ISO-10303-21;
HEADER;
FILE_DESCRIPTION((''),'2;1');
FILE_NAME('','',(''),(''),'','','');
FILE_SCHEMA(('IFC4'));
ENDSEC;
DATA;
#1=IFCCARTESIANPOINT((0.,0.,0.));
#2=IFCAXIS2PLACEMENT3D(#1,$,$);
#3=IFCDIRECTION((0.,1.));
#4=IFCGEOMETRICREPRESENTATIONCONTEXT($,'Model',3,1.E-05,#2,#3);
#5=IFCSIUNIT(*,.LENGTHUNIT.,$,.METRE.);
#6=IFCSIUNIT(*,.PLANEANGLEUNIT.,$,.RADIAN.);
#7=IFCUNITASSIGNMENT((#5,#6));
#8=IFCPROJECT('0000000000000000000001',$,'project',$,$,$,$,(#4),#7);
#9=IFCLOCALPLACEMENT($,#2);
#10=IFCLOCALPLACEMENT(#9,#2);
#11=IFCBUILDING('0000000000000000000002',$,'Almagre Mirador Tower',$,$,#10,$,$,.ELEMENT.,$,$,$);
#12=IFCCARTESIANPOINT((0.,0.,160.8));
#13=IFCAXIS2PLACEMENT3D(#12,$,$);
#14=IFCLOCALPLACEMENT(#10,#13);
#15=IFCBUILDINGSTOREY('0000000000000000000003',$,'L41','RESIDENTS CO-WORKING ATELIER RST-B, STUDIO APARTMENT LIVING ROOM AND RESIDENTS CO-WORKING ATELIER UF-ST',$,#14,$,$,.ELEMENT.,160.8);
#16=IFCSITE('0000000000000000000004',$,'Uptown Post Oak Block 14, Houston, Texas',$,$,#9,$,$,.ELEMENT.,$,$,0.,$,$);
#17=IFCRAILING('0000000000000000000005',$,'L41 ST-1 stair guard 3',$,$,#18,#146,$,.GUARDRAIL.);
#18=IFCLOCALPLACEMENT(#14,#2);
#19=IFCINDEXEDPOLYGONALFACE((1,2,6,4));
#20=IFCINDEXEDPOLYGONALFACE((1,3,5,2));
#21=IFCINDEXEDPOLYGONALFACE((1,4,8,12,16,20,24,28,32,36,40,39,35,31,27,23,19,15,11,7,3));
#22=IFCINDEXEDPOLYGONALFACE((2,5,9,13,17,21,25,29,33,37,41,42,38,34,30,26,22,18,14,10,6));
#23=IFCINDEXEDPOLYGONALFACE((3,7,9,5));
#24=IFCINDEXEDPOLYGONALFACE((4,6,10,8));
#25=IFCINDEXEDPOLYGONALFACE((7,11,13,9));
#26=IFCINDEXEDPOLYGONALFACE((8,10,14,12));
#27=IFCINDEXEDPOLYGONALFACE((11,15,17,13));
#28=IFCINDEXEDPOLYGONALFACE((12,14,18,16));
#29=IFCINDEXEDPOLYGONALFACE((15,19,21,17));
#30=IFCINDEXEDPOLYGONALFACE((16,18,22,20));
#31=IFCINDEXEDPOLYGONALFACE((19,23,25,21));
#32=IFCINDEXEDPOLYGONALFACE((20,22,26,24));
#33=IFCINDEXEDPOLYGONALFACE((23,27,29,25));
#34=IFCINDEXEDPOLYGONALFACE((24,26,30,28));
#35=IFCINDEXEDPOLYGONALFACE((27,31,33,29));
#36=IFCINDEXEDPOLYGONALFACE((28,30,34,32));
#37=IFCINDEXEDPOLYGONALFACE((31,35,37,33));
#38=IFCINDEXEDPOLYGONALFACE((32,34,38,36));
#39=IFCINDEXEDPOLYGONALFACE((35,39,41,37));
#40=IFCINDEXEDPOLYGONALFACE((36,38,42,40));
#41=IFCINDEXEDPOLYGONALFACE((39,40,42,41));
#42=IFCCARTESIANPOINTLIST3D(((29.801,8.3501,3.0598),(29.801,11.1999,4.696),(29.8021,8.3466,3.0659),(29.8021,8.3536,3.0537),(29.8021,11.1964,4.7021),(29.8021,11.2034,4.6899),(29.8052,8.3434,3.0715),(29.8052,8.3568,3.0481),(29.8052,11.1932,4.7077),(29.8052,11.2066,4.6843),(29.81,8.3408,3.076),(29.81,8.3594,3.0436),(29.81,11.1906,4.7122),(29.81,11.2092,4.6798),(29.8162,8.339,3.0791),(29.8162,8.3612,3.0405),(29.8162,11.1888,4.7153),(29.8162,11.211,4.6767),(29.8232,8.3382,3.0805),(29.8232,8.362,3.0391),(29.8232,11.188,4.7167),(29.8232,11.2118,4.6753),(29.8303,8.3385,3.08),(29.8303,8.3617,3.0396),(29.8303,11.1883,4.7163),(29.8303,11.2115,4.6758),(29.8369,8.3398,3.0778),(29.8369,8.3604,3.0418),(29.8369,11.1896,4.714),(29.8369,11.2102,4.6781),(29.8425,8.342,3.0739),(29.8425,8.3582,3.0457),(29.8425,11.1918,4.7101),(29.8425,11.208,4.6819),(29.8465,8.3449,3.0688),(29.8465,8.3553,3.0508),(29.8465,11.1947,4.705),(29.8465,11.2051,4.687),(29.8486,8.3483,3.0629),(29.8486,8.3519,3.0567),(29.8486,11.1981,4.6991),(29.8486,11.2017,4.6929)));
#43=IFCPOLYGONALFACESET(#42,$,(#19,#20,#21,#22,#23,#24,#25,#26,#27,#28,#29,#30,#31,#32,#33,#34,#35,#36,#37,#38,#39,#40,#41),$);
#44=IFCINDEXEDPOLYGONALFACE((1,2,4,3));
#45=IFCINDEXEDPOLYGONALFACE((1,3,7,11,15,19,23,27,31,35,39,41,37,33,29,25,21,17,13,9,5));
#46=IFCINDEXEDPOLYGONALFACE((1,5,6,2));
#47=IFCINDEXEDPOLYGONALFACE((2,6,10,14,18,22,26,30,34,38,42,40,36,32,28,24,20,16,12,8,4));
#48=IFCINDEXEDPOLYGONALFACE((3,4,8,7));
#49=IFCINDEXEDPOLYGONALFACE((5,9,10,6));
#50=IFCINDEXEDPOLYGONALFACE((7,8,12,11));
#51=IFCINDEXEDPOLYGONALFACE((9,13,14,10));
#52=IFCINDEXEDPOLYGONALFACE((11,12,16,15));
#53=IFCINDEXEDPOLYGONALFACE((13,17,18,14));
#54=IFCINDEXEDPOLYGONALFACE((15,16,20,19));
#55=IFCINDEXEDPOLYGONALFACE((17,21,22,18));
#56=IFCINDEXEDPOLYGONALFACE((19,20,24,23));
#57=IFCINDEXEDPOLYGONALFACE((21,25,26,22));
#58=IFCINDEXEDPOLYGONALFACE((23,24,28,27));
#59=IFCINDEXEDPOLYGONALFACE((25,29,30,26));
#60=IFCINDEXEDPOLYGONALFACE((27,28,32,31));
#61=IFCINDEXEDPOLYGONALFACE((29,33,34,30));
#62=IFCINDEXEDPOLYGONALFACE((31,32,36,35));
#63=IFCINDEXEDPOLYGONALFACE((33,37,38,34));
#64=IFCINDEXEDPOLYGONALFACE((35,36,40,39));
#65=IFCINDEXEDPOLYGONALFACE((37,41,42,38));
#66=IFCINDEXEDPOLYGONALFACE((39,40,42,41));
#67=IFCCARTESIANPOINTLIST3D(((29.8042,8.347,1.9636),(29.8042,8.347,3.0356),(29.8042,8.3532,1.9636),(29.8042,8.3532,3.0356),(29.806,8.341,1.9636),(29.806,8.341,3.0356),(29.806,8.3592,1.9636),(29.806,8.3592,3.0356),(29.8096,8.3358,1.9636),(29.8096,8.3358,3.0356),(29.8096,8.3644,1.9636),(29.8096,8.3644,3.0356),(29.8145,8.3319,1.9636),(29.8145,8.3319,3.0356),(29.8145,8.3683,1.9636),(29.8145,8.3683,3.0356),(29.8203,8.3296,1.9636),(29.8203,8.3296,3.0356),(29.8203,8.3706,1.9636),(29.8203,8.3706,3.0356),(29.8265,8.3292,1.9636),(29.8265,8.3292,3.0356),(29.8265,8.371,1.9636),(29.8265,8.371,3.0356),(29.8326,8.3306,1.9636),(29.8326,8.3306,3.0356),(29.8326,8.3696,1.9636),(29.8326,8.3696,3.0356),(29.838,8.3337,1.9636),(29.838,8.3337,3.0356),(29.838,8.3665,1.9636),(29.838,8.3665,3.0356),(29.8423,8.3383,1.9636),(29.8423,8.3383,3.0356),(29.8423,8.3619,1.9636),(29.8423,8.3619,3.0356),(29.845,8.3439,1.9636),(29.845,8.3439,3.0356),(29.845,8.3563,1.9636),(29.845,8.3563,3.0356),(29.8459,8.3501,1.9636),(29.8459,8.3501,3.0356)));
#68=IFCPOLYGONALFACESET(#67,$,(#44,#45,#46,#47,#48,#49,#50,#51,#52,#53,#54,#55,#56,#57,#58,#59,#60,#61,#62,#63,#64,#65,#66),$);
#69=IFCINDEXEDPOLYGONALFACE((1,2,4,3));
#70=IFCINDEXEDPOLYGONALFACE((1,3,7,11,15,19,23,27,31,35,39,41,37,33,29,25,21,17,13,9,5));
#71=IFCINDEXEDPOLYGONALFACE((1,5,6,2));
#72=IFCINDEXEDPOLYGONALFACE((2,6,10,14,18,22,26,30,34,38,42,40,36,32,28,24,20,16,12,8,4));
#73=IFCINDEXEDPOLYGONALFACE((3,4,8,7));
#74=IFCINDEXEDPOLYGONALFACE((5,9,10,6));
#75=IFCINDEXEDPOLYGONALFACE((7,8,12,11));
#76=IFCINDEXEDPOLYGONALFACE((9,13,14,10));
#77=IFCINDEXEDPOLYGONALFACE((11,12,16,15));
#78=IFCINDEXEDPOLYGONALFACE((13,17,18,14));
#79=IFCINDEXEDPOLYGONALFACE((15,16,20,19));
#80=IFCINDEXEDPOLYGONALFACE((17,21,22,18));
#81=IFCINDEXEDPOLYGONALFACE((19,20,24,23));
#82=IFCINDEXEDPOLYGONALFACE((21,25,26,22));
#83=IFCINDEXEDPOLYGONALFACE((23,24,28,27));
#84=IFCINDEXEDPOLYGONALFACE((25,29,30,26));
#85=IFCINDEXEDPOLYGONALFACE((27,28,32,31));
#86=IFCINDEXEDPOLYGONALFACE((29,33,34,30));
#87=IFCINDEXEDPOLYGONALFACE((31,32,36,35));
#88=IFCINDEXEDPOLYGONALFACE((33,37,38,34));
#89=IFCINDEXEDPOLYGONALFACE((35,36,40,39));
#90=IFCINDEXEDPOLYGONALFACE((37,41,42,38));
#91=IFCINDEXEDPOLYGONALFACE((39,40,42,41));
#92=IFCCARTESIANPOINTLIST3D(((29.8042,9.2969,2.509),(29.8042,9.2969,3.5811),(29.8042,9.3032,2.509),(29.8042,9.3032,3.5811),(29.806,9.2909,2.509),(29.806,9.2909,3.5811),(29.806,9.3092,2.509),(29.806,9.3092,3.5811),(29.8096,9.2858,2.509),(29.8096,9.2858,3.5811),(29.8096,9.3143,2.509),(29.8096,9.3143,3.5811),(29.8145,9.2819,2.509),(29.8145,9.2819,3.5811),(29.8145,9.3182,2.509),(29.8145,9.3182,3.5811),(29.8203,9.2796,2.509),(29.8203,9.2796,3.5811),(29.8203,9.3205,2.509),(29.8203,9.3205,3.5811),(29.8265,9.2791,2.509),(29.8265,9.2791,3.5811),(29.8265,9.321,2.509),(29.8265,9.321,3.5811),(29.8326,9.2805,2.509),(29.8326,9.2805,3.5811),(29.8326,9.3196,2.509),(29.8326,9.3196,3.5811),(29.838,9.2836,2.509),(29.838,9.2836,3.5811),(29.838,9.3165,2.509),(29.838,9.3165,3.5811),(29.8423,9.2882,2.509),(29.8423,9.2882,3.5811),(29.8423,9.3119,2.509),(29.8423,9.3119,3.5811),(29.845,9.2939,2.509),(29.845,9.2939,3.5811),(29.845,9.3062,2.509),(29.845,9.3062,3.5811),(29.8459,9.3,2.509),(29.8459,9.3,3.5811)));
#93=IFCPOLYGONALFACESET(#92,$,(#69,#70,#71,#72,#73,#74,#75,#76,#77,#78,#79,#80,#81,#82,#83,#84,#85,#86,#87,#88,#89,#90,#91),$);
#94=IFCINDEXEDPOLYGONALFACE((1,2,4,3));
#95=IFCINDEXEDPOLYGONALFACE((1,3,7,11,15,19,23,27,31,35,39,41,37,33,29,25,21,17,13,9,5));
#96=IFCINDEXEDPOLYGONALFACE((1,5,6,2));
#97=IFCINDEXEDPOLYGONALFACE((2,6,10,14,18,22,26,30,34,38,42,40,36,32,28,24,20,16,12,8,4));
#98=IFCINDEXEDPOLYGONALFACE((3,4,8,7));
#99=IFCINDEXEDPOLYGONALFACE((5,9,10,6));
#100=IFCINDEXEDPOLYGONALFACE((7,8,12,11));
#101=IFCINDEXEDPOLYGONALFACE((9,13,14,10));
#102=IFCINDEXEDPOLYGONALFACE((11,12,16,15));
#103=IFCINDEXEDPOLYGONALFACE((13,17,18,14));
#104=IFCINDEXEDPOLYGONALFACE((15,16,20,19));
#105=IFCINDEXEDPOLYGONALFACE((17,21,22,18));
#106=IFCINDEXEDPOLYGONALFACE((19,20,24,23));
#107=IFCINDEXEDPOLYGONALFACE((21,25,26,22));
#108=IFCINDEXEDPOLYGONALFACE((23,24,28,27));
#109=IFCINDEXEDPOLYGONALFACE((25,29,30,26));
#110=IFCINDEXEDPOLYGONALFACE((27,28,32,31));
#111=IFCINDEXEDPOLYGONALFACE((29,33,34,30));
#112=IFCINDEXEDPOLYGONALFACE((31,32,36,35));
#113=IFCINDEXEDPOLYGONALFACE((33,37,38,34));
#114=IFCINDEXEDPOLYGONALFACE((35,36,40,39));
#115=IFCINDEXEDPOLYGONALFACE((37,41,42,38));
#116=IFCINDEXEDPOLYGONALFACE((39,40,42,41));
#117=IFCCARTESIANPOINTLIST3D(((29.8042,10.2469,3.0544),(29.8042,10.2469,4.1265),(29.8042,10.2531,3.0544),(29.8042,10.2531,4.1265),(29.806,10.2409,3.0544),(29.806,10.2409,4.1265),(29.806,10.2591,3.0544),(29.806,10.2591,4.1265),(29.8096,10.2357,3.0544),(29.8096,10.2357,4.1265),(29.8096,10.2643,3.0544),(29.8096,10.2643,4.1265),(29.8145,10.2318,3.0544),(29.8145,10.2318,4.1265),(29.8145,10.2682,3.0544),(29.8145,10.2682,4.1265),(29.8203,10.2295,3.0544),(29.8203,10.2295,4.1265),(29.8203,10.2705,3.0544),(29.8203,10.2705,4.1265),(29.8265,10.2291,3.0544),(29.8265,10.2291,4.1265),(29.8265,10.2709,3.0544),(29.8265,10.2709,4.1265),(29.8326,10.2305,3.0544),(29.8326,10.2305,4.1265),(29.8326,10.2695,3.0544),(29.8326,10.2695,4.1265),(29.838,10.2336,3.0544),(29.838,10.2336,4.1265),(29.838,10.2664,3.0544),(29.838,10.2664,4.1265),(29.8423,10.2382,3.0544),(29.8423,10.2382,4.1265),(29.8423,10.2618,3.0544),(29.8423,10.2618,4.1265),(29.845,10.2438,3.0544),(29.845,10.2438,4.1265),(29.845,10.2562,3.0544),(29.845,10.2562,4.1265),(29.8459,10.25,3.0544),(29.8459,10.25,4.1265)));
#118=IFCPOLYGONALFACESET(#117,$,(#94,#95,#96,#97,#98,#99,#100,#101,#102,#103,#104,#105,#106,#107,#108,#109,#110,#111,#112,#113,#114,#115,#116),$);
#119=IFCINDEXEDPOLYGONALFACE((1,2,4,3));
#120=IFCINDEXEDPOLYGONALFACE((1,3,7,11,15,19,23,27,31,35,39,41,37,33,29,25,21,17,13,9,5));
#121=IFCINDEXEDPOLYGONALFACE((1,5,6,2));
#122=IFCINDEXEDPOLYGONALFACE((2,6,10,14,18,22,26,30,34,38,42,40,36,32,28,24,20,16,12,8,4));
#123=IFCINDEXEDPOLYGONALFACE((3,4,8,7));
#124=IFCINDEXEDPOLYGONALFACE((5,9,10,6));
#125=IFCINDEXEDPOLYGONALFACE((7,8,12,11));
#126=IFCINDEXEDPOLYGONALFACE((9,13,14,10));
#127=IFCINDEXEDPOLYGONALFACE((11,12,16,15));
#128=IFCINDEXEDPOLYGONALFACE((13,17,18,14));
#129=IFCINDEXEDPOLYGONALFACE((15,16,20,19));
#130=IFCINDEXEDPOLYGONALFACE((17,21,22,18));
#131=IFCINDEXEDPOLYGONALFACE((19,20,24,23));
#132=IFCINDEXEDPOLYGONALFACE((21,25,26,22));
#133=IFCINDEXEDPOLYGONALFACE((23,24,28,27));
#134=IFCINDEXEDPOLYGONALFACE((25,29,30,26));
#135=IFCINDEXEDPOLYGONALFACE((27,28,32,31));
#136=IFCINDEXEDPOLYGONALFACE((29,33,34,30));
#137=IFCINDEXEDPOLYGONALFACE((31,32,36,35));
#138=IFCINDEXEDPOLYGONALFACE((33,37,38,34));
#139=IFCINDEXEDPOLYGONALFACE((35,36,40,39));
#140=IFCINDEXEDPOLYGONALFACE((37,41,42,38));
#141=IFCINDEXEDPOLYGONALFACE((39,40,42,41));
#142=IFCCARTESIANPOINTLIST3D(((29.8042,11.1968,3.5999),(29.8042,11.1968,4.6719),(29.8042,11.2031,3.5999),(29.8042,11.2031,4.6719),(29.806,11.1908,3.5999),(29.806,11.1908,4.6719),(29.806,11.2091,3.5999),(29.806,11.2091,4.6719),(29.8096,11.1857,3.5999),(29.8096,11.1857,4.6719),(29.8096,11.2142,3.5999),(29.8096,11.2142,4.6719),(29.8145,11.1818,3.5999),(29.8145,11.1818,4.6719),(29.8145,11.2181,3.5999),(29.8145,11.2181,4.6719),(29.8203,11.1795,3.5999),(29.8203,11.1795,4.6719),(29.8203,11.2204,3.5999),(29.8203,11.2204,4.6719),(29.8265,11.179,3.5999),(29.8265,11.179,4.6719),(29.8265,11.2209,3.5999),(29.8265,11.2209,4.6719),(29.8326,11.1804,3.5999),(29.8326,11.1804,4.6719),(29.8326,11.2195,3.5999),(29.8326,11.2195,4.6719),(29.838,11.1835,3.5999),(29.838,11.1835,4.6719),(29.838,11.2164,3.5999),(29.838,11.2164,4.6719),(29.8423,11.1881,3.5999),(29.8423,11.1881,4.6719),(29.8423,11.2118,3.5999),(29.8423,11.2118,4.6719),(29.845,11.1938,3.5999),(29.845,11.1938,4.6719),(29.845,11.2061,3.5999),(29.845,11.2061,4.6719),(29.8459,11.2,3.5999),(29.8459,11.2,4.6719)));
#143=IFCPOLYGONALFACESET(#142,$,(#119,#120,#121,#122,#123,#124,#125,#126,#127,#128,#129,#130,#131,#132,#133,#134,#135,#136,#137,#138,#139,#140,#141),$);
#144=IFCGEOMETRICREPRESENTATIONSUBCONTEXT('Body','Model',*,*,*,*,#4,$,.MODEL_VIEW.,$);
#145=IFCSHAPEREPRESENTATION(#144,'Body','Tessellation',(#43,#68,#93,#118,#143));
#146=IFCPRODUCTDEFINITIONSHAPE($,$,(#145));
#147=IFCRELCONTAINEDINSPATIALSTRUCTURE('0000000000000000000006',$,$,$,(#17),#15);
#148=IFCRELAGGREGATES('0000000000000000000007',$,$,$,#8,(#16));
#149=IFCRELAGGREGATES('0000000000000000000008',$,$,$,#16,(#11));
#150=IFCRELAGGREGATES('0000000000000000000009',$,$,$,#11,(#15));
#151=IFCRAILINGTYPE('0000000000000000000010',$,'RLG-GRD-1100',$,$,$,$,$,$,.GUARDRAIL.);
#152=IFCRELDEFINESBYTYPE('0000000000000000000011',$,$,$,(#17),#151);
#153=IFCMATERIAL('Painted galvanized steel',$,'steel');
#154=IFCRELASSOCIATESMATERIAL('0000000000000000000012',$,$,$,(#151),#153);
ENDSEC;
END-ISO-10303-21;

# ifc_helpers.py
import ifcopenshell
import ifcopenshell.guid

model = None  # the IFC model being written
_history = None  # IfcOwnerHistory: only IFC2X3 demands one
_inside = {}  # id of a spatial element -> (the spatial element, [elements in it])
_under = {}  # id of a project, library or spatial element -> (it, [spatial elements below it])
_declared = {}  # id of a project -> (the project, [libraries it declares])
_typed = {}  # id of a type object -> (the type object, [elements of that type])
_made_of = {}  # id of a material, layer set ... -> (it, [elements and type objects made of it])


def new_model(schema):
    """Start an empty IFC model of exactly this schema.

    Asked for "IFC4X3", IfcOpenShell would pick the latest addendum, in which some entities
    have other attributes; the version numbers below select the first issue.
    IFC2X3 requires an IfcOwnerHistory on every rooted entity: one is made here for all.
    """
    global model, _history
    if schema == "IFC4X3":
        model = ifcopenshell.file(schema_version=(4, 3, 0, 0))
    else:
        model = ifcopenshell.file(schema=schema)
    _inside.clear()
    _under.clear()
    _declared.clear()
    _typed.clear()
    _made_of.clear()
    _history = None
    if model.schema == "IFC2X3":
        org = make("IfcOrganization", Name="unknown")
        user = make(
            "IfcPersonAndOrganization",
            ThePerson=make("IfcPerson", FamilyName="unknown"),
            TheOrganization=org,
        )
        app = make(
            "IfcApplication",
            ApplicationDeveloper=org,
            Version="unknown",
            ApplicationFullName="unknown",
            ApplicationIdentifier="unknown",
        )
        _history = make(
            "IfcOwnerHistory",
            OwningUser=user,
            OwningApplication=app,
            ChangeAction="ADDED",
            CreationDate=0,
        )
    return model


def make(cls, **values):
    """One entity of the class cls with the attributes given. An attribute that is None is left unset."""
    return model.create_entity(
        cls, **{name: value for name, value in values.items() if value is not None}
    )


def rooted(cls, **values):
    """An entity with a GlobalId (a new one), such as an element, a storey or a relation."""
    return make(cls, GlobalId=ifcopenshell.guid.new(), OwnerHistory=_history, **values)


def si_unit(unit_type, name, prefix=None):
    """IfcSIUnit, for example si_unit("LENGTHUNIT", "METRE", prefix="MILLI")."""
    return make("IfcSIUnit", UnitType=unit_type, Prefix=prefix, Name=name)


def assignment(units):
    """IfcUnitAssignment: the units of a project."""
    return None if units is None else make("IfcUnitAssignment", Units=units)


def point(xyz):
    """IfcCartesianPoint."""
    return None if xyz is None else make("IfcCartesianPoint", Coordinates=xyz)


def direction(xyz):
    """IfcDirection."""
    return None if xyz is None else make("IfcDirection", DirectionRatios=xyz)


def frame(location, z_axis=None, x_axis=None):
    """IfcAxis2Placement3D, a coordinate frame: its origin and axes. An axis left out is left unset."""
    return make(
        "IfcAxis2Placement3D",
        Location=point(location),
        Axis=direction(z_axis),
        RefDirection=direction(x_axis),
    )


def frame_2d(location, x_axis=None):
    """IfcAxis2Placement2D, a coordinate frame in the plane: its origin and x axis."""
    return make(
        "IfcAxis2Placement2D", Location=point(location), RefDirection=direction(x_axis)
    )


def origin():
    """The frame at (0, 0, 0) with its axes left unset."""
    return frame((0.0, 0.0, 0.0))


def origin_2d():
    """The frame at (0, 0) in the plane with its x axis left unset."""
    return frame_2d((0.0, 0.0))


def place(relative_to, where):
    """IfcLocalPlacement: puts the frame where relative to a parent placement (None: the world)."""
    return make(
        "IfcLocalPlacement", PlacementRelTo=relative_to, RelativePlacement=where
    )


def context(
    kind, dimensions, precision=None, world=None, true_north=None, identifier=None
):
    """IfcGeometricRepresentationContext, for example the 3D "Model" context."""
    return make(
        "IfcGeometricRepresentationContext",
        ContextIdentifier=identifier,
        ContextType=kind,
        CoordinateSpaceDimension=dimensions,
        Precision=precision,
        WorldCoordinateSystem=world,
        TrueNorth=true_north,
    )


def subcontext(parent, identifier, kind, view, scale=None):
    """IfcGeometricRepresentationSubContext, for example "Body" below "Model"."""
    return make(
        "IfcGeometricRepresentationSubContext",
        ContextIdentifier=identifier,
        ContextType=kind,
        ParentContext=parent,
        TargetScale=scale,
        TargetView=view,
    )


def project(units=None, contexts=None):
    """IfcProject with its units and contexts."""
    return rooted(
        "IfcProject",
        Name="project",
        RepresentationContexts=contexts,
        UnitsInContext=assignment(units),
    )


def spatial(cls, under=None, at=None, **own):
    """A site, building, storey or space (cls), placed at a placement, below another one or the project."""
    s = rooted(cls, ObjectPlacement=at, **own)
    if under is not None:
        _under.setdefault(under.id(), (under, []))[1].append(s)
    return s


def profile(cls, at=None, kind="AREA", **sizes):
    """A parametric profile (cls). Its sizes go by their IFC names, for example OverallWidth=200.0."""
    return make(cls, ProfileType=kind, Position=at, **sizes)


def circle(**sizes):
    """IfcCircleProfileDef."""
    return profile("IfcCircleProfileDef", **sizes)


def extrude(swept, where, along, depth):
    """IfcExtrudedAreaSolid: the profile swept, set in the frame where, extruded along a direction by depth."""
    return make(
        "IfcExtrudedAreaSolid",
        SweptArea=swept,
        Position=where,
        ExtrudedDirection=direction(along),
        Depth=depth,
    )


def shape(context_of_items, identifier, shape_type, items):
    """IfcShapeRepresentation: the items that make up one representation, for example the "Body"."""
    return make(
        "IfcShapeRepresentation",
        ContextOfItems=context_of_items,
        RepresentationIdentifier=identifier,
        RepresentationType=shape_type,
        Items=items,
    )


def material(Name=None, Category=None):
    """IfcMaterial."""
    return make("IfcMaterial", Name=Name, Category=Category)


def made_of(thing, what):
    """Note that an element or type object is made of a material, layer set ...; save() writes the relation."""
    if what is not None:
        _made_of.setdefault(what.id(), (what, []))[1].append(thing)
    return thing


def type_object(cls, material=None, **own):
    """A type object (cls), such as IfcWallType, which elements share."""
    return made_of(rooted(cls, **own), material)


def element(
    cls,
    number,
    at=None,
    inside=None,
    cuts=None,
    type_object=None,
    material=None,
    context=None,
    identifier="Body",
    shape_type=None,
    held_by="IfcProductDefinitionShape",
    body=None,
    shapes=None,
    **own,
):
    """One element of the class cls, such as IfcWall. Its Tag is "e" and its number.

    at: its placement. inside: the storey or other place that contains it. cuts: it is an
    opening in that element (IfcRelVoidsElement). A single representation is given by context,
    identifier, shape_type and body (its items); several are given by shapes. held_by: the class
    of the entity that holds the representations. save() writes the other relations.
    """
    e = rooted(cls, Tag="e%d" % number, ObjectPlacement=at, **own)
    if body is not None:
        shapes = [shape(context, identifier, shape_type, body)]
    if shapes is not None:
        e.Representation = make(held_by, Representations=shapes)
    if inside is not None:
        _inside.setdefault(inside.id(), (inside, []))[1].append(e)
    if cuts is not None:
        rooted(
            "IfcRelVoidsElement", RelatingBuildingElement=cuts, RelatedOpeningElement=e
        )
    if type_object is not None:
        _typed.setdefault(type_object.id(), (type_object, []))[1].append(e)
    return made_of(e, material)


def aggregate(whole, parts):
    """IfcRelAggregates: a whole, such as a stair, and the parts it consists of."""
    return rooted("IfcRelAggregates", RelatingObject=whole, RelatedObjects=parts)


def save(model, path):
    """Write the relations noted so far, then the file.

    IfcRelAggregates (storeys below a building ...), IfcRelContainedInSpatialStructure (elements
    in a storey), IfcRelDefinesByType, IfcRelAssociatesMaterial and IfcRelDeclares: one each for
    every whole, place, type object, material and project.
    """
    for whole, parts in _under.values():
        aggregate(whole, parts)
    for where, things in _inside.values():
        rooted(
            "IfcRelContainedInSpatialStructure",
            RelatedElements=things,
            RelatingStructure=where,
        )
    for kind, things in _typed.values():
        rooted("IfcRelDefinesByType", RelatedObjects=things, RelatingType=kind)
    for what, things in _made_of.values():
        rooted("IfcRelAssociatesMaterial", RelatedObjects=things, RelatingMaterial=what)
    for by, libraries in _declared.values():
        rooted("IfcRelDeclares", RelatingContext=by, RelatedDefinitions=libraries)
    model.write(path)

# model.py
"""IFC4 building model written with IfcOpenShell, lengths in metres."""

from ifc_helpers import new_model, si_unit, direction, frame, origin, origin_2d, place, context, subcontext, project, spatial, circle, extrude, material, type_object, element, save


model = new_model("IFC4")

# Units and contexts
model_context = context("Model", 3, precision=1e-05, world=origin(), true_north=direction((0.0, 1.0)))
body_context = subcontext(model_context, "Body", "Model", "MODEL_VIEW")
ifc_project = project(units=[si_unit("LENGTHUNIT", "METRE"), si_unit("PLANEANGLEUNIT", "RADIAN")], contexts=[model_context])

# Site, building, storey
site_placement = place(None, origin())
site = spatial("IfcSite", under=ifc_project, at=site_placement, Name="Uptown Post Oak Block 14, Houston, Texas", CompositionType="ELEMENT", RefElevation=0.0)
building_placement = place(site_placement, origin())
building = spatial("IfcBuilding", under=site, at=building_placement, Name="Almagre Mirador Tower", CompositionType="ELEMENT")
storey_placement = place(building_placement, frame((0.0, 0.0, 160.8)))
storey = spatial("IfcBuildingStorey", under=building, at=storey_placement, Name="L41", Description="RESIDENTS CO-WORKING ATELIER RST-B, STUDIO APARTMENT LIVING ROOM AND RESIDENTS CO-WORKING ATELIER UF-ST", CompositionType="ELEMENT", Elevation=160.8)

# Railing
ifc_material_1 = material(Name="Painted galvanized steel", Category="steel")
railing_type_1 = type_object("IfcRailingType", Name="RLG-GRD-1100", PredefinedType="GUARDRAIL", material=ifc_material_1)
railing_1_placement = place(storey_placement, frame((29.825, 8.3501, 1.9636)))
element("IfcRailing", 1, at=railing_1_placement, inside=storey, type_object=railing_type_1, Name="L41 ST-1 stair guard 3", PredefinedType="GUARDRAIL", context=body_context, shape_type="SweptSolid", body=[
    extrude(circle(Radius=0.0239, at=origin_2d()), frame((0.0, 0.0, 1.0962), z_axis=(0.0, 0.867226, 0.497914), x_axis=(-1.0, 0.0, 0.0)), (0.0, 0.0, 1.0), 3.2861),
    extrude(circle(Radius=0.021, at=origin_2d()), origin(), (0.0, 0.0, 1.0), 1.072),
    extrude(circle(Radius=0.021, at=origin_2d()), frame((0.0, 0.95, 0.5454)), (0.0, 0.0, 1.0), 1.072),
    extrude(circle(Radius=0.021, at=origin_2d()), frame((0.0, 1.8999, 1.0908)), (0.0, 0.0, 1.0), 1.072),
    extrude(circle(Radius=0.021, at=origin_2d()), frame((0.0, 2.8499, 1.6362)), (0.0, 0.0, 1.0), 1.072),
])

save(model, "model.ifc")
